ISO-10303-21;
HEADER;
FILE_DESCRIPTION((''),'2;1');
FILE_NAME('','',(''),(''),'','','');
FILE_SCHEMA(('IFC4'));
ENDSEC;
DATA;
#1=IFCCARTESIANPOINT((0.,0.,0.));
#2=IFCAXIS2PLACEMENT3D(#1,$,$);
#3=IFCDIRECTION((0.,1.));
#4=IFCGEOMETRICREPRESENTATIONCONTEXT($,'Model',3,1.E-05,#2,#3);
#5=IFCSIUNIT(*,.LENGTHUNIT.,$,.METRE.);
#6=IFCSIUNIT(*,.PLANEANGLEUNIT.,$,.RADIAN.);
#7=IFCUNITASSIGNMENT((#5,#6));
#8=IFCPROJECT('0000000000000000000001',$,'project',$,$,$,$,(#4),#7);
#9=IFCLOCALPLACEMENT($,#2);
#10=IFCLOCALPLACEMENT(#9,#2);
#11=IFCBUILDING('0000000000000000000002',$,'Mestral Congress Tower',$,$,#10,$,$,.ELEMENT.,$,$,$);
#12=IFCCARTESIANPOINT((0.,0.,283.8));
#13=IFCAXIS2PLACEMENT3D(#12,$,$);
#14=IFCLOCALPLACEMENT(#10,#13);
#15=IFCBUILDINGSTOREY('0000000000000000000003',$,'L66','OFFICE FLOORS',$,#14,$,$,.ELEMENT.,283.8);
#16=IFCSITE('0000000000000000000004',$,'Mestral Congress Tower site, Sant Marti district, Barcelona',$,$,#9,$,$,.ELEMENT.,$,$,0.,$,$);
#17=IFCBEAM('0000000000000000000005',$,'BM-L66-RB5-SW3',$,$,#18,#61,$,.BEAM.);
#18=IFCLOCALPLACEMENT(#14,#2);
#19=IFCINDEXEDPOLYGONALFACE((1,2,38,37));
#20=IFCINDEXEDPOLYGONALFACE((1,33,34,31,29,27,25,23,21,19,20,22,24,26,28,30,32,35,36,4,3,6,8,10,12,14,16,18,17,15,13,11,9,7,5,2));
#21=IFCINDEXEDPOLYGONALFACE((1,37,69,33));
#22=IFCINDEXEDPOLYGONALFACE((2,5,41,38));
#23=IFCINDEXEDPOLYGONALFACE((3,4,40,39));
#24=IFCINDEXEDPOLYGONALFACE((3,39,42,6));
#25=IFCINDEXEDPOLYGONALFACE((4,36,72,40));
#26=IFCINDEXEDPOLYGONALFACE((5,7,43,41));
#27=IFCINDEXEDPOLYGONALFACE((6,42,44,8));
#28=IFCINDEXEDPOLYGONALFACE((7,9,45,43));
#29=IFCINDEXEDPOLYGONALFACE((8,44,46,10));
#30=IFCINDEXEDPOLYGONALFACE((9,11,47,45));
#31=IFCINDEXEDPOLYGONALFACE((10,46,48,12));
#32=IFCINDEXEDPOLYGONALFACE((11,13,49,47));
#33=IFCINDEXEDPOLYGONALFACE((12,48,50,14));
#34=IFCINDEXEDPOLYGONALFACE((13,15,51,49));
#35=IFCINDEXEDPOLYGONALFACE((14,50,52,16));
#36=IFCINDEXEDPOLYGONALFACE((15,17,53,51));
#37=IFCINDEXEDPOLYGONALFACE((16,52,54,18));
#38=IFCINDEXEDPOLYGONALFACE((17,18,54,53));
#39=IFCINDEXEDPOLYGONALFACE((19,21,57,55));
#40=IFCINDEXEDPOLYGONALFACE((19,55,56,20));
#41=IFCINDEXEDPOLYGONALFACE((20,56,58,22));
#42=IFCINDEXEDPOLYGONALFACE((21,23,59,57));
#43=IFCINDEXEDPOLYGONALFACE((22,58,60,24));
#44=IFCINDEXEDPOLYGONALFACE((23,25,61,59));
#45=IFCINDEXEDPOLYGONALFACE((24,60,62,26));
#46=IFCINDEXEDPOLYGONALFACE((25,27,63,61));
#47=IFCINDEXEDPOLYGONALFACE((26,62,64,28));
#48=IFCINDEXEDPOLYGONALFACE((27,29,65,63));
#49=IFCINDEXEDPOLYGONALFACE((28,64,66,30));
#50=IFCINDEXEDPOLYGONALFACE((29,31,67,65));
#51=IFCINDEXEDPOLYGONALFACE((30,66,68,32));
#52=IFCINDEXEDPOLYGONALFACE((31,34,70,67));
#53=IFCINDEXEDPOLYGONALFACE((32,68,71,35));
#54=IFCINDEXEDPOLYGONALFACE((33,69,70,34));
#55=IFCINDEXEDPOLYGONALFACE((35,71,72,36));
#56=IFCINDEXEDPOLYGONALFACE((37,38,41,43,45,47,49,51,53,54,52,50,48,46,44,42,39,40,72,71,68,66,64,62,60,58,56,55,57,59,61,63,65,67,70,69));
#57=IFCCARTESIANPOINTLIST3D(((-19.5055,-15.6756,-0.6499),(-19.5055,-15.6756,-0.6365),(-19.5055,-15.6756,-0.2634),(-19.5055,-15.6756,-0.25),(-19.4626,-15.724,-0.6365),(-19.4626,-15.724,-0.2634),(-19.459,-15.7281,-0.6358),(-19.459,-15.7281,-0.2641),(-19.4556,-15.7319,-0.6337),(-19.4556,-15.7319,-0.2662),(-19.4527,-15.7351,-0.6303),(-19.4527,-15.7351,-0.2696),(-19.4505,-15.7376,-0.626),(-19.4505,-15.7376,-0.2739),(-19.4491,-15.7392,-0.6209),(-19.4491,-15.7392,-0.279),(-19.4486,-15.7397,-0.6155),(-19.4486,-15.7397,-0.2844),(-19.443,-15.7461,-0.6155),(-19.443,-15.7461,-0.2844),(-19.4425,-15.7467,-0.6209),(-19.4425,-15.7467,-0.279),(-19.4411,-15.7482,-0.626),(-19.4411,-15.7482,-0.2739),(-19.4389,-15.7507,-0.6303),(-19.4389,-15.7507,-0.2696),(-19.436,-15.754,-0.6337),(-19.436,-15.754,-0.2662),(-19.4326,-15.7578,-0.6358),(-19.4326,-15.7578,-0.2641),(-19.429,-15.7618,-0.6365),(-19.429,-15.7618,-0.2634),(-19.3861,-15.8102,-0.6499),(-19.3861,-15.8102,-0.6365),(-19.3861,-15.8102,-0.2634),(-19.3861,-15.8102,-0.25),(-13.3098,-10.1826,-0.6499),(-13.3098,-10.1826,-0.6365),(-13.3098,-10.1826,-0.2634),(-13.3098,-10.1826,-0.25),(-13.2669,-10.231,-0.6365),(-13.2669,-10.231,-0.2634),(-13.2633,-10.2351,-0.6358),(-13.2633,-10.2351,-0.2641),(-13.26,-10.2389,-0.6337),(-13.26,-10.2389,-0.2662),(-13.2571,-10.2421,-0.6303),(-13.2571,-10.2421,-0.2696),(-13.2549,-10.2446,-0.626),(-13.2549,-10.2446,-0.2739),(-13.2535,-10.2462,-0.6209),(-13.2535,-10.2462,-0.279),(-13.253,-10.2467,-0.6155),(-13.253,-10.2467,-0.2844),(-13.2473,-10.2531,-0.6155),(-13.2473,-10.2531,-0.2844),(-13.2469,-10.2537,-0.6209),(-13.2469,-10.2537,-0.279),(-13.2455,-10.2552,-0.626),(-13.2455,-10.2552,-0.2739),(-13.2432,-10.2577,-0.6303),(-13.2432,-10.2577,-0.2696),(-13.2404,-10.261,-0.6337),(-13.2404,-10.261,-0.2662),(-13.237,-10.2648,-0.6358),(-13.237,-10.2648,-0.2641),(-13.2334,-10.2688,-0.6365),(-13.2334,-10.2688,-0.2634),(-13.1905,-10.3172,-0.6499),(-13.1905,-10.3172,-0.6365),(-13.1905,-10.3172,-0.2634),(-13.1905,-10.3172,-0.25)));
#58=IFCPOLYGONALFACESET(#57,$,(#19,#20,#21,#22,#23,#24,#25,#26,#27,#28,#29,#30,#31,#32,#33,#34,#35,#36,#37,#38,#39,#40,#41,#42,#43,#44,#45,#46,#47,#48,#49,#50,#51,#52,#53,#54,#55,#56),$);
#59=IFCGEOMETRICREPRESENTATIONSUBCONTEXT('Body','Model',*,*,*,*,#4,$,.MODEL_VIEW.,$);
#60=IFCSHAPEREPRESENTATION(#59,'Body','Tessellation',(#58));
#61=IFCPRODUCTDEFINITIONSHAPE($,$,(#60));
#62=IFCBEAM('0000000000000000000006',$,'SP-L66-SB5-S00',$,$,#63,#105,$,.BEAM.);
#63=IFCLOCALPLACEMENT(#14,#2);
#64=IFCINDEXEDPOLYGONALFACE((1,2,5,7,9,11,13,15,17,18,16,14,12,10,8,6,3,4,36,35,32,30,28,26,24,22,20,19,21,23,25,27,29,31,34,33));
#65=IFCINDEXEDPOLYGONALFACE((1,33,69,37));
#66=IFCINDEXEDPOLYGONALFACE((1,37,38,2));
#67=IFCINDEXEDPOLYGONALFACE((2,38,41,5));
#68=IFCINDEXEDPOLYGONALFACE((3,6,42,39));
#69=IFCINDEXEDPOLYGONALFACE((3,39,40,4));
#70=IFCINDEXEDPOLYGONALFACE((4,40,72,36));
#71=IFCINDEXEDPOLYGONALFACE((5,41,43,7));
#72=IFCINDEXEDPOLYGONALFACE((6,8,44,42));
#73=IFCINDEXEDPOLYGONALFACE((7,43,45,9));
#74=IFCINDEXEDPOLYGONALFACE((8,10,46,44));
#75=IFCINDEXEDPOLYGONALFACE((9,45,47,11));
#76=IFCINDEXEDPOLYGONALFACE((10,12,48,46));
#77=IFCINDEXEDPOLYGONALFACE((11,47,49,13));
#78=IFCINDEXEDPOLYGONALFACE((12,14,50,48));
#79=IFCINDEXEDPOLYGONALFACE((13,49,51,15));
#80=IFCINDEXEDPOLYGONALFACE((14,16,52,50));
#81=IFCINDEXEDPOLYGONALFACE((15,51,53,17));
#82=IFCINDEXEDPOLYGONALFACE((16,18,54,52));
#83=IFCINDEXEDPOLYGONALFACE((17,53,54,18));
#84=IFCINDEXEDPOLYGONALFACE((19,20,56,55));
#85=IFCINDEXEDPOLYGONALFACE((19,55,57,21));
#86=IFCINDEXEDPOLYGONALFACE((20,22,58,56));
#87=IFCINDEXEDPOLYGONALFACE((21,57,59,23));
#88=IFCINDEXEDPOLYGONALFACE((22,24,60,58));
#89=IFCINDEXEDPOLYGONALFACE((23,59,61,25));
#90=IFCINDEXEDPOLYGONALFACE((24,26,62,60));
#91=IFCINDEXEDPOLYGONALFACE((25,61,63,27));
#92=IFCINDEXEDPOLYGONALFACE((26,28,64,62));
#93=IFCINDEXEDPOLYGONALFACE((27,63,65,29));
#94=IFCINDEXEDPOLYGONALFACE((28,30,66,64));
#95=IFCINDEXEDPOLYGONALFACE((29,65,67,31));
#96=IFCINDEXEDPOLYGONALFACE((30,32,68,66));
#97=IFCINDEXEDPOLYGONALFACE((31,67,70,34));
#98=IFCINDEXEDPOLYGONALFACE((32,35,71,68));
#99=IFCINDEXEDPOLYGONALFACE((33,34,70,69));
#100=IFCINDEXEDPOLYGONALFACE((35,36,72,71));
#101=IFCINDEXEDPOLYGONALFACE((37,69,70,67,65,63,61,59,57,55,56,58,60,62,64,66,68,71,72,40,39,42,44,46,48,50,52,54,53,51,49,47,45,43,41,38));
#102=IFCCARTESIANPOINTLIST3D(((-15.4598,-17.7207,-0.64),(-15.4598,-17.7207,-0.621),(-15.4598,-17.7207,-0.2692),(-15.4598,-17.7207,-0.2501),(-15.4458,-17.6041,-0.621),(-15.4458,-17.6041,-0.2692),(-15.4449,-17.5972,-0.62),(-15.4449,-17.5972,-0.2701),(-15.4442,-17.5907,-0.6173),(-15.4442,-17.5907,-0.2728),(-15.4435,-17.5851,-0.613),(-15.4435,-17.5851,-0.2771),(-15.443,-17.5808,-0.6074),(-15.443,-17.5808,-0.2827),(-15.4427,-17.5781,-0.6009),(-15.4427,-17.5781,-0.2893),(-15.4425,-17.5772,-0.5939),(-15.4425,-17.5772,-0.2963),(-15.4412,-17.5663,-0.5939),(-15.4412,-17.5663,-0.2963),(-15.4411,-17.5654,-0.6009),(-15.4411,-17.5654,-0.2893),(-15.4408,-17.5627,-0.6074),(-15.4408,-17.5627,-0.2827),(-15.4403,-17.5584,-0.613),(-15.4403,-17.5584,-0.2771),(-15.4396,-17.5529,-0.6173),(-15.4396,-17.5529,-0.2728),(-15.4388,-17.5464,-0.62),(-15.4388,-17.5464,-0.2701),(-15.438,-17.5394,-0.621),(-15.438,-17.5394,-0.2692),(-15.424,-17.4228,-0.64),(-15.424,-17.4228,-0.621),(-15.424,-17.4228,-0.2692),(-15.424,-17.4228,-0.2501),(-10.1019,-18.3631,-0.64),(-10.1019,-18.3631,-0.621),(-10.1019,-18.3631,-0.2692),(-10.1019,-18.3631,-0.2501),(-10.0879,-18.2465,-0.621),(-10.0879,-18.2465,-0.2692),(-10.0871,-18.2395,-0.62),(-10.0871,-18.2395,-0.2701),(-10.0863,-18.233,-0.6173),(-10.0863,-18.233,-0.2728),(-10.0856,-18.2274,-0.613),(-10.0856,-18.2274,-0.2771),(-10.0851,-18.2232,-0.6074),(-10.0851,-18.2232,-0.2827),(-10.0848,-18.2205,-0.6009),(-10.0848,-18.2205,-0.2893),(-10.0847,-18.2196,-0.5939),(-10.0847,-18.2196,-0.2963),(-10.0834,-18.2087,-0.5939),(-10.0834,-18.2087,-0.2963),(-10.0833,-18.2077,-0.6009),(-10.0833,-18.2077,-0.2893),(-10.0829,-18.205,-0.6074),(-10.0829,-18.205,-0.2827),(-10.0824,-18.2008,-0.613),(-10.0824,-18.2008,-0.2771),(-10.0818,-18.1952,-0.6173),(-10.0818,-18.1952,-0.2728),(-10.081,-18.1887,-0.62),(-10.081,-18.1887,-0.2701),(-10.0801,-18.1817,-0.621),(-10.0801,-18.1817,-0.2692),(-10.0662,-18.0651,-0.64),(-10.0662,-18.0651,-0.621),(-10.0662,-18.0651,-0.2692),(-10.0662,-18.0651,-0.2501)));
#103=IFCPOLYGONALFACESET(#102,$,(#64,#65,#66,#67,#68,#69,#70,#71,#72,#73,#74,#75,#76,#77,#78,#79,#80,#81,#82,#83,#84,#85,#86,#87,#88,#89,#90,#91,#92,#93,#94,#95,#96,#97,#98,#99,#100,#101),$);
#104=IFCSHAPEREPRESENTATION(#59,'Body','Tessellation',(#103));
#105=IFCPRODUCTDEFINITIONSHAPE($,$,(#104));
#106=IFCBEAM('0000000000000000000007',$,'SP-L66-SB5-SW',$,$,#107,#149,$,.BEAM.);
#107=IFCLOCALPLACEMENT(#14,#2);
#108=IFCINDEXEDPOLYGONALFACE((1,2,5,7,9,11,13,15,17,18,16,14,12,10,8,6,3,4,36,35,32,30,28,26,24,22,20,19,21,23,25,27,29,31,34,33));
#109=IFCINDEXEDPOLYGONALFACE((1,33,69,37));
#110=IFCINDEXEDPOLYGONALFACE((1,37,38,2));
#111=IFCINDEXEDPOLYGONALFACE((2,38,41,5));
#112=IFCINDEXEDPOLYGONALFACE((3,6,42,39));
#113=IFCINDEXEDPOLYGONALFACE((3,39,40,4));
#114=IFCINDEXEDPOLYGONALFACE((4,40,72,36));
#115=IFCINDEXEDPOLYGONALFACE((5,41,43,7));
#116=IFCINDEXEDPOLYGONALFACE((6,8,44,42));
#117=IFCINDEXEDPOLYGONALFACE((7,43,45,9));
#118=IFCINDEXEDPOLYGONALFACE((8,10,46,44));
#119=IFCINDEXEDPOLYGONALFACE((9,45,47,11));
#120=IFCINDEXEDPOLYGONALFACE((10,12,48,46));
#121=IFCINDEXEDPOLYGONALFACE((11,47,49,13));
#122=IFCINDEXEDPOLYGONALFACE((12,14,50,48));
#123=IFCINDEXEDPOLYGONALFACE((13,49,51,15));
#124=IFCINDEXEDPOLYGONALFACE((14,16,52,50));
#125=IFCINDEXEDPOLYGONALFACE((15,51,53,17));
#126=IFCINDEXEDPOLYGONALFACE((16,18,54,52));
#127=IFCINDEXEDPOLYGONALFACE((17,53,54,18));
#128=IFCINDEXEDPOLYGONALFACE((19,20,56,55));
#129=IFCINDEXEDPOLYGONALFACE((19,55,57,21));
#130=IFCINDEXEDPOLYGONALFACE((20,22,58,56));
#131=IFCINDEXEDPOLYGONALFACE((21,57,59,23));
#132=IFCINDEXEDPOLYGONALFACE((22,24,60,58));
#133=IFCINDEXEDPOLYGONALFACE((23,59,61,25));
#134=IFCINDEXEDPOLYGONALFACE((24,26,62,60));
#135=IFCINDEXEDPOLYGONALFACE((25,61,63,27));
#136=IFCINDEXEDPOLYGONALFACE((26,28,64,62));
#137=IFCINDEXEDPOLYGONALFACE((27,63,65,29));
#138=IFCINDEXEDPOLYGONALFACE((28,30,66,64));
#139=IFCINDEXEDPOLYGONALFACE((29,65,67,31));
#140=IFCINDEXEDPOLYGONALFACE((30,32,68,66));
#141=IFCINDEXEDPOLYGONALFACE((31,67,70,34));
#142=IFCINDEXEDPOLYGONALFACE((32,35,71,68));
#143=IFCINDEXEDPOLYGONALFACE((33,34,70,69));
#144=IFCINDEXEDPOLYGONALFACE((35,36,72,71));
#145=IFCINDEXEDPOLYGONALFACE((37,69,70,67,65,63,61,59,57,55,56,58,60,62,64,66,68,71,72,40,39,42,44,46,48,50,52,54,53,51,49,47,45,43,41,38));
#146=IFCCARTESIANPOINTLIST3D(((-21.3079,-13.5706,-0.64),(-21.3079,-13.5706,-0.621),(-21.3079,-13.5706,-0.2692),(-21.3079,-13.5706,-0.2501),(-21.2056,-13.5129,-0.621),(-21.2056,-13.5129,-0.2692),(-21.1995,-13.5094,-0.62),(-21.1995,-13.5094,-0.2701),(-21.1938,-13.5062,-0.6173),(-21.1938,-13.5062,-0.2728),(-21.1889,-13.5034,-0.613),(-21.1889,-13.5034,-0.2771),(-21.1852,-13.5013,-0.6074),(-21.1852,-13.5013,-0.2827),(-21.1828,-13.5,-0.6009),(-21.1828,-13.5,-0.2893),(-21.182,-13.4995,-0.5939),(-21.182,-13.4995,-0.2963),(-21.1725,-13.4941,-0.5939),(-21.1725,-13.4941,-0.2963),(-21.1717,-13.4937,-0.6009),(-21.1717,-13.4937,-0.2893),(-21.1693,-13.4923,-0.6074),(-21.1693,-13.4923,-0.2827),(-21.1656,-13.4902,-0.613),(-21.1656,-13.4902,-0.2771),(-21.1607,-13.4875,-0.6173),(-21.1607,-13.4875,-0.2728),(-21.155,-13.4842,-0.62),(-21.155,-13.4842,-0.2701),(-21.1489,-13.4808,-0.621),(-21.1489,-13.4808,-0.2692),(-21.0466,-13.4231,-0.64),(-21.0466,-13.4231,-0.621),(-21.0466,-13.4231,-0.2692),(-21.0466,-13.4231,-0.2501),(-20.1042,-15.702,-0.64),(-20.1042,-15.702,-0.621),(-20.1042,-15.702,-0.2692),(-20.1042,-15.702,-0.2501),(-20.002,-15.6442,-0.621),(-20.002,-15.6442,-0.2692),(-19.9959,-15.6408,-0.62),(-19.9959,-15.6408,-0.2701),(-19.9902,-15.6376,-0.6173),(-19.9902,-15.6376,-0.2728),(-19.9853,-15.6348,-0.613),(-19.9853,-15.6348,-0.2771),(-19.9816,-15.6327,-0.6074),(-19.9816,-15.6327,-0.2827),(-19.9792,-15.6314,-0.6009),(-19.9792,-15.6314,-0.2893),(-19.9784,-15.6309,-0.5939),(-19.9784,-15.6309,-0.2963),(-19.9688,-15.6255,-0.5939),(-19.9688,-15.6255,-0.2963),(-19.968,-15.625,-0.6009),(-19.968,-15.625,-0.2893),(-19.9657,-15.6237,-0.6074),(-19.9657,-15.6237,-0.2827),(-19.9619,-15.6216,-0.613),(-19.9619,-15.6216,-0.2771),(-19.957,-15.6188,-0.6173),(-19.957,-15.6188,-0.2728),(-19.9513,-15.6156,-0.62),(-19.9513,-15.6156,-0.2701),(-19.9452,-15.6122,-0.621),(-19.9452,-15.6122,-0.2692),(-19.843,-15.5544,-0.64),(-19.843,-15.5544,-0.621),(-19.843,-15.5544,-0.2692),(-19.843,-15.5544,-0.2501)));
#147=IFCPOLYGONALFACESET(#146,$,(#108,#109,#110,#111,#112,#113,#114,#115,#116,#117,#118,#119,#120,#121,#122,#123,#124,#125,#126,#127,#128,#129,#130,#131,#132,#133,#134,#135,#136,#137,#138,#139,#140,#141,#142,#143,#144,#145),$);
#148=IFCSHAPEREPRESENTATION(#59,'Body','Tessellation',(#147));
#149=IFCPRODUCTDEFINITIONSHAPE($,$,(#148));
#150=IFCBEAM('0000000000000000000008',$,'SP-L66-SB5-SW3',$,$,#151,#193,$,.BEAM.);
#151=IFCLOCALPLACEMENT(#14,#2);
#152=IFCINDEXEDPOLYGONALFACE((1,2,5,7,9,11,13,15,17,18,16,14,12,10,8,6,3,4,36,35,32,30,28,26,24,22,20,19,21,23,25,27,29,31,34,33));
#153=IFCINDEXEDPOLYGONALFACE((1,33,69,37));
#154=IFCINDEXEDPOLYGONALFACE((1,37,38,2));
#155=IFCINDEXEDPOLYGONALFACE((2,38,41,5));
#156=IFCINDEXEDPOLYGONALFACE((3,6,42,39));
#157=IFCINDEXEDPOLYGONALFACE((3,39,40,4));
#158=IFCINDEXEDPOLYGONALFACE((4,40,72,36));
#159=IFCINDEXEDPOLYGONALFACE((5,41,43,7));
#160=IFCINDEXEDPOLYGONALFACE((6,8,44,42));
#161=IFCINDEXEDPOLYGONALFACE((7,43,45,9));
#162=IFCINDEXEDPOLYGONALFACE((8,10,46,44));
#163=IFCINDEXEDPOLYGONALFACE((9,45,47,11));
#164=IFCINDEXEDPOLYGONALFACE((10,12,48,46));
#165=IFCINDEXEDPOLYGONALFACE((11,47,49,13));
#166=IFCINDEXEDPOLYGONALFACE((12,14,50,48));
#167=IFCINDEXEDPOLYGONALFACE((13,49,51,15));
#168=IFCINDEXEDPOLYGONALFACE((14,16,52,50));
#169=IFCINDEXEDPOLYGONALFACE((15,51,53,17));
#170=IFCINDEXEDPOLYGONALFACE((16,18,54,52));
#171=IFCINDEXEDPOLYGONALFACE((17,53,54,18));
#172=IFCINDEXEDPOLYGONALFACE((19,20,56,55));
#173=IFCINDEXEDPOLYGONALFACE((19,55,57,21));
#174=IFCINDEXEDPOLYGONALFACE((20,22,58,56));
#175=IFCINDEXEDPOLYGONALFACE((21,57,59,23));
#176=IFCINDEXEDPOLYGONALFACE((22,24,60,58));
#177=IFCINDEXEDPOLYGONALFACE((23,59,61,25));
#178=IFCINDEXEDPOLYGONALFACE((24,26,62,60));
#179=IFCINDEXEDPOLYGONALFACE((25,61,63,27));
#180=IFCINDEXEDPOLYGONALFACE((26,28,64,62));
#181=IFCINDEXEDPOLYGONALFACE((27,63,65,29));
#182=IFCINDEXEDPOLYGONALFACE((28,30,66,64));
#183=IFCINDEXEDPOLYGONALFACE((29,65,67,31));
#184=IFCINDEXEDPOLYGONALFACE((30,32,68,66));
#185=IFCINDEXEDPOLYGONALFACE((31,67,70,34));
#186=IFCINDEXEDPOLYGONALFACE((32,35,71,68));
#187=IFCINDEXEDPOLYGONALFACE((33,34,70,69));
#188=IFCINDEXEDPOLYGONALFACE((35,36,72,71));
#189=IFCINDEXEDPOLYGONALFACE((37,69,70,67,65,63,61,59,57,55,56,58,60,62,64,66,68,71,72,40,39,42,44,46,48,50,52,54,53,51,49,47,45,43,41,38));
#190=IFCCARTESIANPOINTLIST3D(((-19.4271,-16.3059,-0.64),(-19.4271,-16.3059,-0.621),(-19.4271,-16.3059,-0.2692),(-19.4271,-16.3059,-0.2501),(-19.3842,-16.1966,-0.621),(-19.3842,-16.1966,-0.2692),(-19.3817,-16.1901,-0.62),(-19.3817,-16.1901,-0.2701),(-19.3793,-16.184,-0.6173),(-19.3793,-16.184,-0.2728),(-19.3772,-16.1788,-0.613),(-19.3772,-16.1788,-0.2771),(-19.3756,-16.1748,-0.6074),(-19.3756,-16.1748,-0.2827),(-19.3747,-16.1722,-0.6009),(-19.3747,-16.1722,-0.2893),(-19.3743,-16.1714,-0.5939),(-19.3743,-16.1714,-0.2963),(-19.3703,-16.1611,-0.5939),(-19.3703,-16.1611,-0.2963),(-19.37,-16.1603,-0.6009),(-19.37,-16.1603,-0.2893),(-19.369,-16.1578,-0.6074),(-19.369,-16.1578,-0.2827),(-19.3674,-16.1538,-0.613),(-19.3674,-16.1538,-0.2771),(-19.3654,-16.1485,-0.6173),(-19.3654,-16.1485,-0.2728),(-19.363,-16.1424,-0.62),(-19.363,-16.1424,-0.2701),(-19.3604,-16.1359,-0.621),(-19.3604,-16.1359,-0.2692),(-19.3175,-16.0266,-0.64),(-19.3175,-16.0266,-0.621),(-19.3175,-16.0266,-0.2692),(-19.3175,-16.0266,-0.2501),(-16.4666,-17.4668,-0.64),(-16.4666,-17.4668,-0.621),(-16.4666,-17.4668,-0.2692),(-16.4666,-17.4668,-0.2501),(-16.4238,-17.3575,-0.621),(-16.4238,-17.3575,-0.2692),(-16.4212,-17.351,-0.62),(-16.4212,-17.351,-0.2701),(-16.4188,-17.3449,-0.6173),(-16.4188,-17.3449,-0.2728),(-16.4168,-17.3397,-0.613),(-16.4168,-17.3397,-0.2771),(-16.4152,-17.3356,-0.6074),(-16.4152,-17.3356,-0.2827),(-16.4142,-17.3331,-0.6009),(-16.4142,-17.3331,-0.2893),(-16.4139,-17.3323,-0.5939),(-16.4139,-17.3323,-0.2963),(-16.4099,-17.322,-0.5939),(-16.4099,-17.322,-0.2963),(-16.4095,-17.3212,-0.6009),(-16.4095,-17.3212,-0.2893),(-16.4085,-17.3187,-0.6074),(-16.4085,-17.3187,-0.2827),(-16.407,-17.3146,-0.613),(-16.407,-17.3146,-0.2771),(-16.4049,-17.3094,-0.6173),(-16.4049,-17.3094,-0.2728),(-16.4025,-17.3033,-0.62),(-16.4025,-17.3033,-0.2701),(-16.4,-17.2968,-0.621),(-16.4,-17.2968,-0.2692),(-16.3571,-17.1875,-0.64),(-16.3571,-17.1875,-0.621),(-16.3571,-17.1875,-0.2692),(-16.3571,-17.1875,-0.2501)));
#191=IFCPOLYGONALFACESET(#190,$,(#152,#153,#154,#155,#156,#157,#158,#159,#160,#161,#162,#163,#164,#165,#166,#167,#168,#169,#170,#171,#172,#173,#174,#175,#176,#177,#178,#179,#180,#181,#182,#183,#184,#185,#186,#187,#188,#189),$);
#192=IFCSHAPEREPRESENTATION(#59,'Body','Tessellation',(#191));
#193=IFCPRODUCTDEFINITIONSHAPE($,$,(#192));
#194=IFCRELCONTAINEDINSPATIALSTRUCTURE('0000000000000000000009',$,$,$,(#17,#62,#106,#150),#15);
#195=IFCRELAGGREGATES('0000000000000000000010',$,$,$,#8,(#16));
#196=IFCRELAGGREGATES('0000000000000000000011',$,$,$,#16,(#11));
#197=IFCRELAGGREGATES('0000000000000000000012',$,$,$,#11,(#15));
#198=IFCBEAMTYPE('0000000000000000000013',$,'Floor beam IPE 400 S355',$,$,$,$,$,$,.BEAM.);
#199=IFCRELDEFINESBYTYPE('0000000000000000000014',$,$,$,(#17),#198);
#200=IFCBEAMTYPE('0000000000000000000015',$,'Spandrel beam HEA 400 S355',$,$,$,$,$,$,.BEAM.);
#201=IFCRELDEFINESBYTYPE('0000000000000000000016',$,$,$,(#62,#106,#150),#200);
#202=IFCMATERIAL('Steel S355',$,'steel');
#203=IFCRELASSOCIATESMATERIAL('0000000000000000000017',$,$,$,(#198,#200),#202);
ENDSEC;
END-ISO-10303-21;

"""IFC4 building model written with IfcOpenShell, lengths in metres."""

from ifc_helpers import new_model, si_unit, direction, frame, origin, origin_2d, place, context, subcontext, project, spatial, i_section, extrude, material, material_profile, profile_set, type_object, element, save


model = new_model("IFC4")

# Units and contexts
model_context = context("Model", 3, precision=1e-05, world=origin(), true_north=direction((0.0, 1.0)))
body_context = subcontext(model_context, "Body", "Model", "MODEL_VIEW")
ifc_project = project(units=[si_unit("LENGTHUNIT", "METRE"), si_unit("PLANEANGLEUNIT", "RADIAN")], contexts=[model_context])

# Site, building, storey
site_placement = place(None, origin())
site = spatial("IfcSite", under=ifc_project, at=site_placement, Name="Mestral Congress Tower site, Sant Marti district, Barcelona", CompositionType="ELEMENT", RefElevation=0.0)
building_placement = place(site_placement, origin())
building = spatial("IfcBuilding", under=site, at=building_placement, Name="Mestral Congress Tower", CompositionType="ELEMENT")
storey_placement = place(building_placement, frame((0.0, 0.0, 283.8)))
storey = spatial("IfcBuildingStorey", under=building, at=storey_placement, Name="L66", Description="OFFICE FLOORS", CompositionType="ELEMENT", Elevation=283.8)

# Beams
ifc_material_1 = material(Name="Steel S355", Category="steel")
ifc_material_profile_1 = material_profile(ifc_material_1, i_section(OverallWidth=0.1799, OverallDepth=0.3999, WebThickness=0.0085, FlangeThickness=0.0134, FilletRadius=0.021, at=origin_2d()), Name="IPE 400")
ifc_profile_set_1 = profile_set([ifc_material_profile_1], Name="Steel S355")
beam_type_1 = type_object("IfcBeamType", Name="Floor beam IPE 400 S355", PredefinedType="BEAM", material=ifc_profile_set_1)
beam_1_placement = place(storey_placement, frame((-19.4458, -15.7429, -0.45), z_axis=(0.748263, 0.663402, 0.0), x_axis=(-0.663402, 0.748263, 0.0)))
element("IfcBeam", 1, at=beam_1_placement, inside=storey, type_object=beam_type_1, Name="BM-L66-RB5-SW3", PredefinedType="BEAM", context=body_context, shape_type="SweptSolid", body=[
    extrude(i_section(OverallWidth=0.1799, OverallDepth=0.3999, WebThickness=0.0085, FlangeThickness=0.0134, FilletRadius=0.021, at=origin_2d()), origin(), (0.0, 0.0, 1.0), 8.28),
])
ifc_material_profile_2 = material_profile(ifc_material_1, i_section(OverallWidth=0.3, OverallDepth=0.3899, WebThickness=0.011, FlangeThickness=0.019, FilletRadius=0.0271, at=origin_2d()), Name="HEA 400")
ifc_profile_set_2 = profile_set([ifc_material_profile_2], Name="Steel S355")
beam_type_2 = type_object("IfcBeamType", Name="Spandrel beam HEA 400 S355", PredefinedType="BEAM", material=ifc_profile_set_2)
beam_2_placement = place(storey_placement, frame((-15.4419, -17.5718, -0.4451), z_axis=(0.99289, -0.119033, 0.0), x_axis=(0.119033, 0.99289, 0.0)))
element("IfcBeam", 2, at=beam_2_placement, inside=storey, type_object=beam_type_2, Name="SP-L66-SB5-S00", PredefinedType="BEAM", context=body_context, shape_type="SweptSolid", body=[
    extrude(i_section(OverallWidth=0.3, OverallDepth=0.3899, WebThickness=0.011, FlangeThickness=0.019, FilletRadius=0.0271, at=origin_2d()), origin(), (0.0, 0.0, 1.0), 5.3962),
])
beam_3_placement = place(storey_placement, frame((-21.1772, -13.4968, -0.4451), z_axis=(0.491729, -0.870749, 0.0), x_axis=(0.870749, 0.491729, 0.0)))
element("IfcBeam", 3, at=beam_3_placement, inside=storey, type_object=beam_type_2, Name="SP-L66-SB5-SW", PredefinedType="BEAM", context=body_context, shape_type="SweptSolid", body=[
    extrude(i_section(OverallWidth=0.3, OverallDepth=0.3899, WebThickness=0.011, FlangeThickness=0.019, FilletRadius=0.0271, at=origin_2d()), origin(), (0.0, 0.0, 1.0), 2.4478),
])
beam_4_placement = place(storey_placement, frame((-19.3723, -16.1663, -0.4451), z_axis=(0.930981, -0.365068, 0.0), x_axis=(0.365068, 0.930981, 0.0)))
element("IfcBeam", 4, at=beam_4_placement, inside=storey, type_object=beam_type_2, Name="SP-L66-SB5-SW3", PredefinedType="BEAM", context=body_context, shape_type="SweptSolid", body=[
    extrude(i_section(OverallWidth=0.3, OverallDepth=0.3899, WebThickness=0.011, FlangeThickness=0.019, FilletRadius=0.0271, at=origin_2d()), origin(), (0.0, 0.0, 1.0), 3.1799),
])

save(model, "model.ifc")
